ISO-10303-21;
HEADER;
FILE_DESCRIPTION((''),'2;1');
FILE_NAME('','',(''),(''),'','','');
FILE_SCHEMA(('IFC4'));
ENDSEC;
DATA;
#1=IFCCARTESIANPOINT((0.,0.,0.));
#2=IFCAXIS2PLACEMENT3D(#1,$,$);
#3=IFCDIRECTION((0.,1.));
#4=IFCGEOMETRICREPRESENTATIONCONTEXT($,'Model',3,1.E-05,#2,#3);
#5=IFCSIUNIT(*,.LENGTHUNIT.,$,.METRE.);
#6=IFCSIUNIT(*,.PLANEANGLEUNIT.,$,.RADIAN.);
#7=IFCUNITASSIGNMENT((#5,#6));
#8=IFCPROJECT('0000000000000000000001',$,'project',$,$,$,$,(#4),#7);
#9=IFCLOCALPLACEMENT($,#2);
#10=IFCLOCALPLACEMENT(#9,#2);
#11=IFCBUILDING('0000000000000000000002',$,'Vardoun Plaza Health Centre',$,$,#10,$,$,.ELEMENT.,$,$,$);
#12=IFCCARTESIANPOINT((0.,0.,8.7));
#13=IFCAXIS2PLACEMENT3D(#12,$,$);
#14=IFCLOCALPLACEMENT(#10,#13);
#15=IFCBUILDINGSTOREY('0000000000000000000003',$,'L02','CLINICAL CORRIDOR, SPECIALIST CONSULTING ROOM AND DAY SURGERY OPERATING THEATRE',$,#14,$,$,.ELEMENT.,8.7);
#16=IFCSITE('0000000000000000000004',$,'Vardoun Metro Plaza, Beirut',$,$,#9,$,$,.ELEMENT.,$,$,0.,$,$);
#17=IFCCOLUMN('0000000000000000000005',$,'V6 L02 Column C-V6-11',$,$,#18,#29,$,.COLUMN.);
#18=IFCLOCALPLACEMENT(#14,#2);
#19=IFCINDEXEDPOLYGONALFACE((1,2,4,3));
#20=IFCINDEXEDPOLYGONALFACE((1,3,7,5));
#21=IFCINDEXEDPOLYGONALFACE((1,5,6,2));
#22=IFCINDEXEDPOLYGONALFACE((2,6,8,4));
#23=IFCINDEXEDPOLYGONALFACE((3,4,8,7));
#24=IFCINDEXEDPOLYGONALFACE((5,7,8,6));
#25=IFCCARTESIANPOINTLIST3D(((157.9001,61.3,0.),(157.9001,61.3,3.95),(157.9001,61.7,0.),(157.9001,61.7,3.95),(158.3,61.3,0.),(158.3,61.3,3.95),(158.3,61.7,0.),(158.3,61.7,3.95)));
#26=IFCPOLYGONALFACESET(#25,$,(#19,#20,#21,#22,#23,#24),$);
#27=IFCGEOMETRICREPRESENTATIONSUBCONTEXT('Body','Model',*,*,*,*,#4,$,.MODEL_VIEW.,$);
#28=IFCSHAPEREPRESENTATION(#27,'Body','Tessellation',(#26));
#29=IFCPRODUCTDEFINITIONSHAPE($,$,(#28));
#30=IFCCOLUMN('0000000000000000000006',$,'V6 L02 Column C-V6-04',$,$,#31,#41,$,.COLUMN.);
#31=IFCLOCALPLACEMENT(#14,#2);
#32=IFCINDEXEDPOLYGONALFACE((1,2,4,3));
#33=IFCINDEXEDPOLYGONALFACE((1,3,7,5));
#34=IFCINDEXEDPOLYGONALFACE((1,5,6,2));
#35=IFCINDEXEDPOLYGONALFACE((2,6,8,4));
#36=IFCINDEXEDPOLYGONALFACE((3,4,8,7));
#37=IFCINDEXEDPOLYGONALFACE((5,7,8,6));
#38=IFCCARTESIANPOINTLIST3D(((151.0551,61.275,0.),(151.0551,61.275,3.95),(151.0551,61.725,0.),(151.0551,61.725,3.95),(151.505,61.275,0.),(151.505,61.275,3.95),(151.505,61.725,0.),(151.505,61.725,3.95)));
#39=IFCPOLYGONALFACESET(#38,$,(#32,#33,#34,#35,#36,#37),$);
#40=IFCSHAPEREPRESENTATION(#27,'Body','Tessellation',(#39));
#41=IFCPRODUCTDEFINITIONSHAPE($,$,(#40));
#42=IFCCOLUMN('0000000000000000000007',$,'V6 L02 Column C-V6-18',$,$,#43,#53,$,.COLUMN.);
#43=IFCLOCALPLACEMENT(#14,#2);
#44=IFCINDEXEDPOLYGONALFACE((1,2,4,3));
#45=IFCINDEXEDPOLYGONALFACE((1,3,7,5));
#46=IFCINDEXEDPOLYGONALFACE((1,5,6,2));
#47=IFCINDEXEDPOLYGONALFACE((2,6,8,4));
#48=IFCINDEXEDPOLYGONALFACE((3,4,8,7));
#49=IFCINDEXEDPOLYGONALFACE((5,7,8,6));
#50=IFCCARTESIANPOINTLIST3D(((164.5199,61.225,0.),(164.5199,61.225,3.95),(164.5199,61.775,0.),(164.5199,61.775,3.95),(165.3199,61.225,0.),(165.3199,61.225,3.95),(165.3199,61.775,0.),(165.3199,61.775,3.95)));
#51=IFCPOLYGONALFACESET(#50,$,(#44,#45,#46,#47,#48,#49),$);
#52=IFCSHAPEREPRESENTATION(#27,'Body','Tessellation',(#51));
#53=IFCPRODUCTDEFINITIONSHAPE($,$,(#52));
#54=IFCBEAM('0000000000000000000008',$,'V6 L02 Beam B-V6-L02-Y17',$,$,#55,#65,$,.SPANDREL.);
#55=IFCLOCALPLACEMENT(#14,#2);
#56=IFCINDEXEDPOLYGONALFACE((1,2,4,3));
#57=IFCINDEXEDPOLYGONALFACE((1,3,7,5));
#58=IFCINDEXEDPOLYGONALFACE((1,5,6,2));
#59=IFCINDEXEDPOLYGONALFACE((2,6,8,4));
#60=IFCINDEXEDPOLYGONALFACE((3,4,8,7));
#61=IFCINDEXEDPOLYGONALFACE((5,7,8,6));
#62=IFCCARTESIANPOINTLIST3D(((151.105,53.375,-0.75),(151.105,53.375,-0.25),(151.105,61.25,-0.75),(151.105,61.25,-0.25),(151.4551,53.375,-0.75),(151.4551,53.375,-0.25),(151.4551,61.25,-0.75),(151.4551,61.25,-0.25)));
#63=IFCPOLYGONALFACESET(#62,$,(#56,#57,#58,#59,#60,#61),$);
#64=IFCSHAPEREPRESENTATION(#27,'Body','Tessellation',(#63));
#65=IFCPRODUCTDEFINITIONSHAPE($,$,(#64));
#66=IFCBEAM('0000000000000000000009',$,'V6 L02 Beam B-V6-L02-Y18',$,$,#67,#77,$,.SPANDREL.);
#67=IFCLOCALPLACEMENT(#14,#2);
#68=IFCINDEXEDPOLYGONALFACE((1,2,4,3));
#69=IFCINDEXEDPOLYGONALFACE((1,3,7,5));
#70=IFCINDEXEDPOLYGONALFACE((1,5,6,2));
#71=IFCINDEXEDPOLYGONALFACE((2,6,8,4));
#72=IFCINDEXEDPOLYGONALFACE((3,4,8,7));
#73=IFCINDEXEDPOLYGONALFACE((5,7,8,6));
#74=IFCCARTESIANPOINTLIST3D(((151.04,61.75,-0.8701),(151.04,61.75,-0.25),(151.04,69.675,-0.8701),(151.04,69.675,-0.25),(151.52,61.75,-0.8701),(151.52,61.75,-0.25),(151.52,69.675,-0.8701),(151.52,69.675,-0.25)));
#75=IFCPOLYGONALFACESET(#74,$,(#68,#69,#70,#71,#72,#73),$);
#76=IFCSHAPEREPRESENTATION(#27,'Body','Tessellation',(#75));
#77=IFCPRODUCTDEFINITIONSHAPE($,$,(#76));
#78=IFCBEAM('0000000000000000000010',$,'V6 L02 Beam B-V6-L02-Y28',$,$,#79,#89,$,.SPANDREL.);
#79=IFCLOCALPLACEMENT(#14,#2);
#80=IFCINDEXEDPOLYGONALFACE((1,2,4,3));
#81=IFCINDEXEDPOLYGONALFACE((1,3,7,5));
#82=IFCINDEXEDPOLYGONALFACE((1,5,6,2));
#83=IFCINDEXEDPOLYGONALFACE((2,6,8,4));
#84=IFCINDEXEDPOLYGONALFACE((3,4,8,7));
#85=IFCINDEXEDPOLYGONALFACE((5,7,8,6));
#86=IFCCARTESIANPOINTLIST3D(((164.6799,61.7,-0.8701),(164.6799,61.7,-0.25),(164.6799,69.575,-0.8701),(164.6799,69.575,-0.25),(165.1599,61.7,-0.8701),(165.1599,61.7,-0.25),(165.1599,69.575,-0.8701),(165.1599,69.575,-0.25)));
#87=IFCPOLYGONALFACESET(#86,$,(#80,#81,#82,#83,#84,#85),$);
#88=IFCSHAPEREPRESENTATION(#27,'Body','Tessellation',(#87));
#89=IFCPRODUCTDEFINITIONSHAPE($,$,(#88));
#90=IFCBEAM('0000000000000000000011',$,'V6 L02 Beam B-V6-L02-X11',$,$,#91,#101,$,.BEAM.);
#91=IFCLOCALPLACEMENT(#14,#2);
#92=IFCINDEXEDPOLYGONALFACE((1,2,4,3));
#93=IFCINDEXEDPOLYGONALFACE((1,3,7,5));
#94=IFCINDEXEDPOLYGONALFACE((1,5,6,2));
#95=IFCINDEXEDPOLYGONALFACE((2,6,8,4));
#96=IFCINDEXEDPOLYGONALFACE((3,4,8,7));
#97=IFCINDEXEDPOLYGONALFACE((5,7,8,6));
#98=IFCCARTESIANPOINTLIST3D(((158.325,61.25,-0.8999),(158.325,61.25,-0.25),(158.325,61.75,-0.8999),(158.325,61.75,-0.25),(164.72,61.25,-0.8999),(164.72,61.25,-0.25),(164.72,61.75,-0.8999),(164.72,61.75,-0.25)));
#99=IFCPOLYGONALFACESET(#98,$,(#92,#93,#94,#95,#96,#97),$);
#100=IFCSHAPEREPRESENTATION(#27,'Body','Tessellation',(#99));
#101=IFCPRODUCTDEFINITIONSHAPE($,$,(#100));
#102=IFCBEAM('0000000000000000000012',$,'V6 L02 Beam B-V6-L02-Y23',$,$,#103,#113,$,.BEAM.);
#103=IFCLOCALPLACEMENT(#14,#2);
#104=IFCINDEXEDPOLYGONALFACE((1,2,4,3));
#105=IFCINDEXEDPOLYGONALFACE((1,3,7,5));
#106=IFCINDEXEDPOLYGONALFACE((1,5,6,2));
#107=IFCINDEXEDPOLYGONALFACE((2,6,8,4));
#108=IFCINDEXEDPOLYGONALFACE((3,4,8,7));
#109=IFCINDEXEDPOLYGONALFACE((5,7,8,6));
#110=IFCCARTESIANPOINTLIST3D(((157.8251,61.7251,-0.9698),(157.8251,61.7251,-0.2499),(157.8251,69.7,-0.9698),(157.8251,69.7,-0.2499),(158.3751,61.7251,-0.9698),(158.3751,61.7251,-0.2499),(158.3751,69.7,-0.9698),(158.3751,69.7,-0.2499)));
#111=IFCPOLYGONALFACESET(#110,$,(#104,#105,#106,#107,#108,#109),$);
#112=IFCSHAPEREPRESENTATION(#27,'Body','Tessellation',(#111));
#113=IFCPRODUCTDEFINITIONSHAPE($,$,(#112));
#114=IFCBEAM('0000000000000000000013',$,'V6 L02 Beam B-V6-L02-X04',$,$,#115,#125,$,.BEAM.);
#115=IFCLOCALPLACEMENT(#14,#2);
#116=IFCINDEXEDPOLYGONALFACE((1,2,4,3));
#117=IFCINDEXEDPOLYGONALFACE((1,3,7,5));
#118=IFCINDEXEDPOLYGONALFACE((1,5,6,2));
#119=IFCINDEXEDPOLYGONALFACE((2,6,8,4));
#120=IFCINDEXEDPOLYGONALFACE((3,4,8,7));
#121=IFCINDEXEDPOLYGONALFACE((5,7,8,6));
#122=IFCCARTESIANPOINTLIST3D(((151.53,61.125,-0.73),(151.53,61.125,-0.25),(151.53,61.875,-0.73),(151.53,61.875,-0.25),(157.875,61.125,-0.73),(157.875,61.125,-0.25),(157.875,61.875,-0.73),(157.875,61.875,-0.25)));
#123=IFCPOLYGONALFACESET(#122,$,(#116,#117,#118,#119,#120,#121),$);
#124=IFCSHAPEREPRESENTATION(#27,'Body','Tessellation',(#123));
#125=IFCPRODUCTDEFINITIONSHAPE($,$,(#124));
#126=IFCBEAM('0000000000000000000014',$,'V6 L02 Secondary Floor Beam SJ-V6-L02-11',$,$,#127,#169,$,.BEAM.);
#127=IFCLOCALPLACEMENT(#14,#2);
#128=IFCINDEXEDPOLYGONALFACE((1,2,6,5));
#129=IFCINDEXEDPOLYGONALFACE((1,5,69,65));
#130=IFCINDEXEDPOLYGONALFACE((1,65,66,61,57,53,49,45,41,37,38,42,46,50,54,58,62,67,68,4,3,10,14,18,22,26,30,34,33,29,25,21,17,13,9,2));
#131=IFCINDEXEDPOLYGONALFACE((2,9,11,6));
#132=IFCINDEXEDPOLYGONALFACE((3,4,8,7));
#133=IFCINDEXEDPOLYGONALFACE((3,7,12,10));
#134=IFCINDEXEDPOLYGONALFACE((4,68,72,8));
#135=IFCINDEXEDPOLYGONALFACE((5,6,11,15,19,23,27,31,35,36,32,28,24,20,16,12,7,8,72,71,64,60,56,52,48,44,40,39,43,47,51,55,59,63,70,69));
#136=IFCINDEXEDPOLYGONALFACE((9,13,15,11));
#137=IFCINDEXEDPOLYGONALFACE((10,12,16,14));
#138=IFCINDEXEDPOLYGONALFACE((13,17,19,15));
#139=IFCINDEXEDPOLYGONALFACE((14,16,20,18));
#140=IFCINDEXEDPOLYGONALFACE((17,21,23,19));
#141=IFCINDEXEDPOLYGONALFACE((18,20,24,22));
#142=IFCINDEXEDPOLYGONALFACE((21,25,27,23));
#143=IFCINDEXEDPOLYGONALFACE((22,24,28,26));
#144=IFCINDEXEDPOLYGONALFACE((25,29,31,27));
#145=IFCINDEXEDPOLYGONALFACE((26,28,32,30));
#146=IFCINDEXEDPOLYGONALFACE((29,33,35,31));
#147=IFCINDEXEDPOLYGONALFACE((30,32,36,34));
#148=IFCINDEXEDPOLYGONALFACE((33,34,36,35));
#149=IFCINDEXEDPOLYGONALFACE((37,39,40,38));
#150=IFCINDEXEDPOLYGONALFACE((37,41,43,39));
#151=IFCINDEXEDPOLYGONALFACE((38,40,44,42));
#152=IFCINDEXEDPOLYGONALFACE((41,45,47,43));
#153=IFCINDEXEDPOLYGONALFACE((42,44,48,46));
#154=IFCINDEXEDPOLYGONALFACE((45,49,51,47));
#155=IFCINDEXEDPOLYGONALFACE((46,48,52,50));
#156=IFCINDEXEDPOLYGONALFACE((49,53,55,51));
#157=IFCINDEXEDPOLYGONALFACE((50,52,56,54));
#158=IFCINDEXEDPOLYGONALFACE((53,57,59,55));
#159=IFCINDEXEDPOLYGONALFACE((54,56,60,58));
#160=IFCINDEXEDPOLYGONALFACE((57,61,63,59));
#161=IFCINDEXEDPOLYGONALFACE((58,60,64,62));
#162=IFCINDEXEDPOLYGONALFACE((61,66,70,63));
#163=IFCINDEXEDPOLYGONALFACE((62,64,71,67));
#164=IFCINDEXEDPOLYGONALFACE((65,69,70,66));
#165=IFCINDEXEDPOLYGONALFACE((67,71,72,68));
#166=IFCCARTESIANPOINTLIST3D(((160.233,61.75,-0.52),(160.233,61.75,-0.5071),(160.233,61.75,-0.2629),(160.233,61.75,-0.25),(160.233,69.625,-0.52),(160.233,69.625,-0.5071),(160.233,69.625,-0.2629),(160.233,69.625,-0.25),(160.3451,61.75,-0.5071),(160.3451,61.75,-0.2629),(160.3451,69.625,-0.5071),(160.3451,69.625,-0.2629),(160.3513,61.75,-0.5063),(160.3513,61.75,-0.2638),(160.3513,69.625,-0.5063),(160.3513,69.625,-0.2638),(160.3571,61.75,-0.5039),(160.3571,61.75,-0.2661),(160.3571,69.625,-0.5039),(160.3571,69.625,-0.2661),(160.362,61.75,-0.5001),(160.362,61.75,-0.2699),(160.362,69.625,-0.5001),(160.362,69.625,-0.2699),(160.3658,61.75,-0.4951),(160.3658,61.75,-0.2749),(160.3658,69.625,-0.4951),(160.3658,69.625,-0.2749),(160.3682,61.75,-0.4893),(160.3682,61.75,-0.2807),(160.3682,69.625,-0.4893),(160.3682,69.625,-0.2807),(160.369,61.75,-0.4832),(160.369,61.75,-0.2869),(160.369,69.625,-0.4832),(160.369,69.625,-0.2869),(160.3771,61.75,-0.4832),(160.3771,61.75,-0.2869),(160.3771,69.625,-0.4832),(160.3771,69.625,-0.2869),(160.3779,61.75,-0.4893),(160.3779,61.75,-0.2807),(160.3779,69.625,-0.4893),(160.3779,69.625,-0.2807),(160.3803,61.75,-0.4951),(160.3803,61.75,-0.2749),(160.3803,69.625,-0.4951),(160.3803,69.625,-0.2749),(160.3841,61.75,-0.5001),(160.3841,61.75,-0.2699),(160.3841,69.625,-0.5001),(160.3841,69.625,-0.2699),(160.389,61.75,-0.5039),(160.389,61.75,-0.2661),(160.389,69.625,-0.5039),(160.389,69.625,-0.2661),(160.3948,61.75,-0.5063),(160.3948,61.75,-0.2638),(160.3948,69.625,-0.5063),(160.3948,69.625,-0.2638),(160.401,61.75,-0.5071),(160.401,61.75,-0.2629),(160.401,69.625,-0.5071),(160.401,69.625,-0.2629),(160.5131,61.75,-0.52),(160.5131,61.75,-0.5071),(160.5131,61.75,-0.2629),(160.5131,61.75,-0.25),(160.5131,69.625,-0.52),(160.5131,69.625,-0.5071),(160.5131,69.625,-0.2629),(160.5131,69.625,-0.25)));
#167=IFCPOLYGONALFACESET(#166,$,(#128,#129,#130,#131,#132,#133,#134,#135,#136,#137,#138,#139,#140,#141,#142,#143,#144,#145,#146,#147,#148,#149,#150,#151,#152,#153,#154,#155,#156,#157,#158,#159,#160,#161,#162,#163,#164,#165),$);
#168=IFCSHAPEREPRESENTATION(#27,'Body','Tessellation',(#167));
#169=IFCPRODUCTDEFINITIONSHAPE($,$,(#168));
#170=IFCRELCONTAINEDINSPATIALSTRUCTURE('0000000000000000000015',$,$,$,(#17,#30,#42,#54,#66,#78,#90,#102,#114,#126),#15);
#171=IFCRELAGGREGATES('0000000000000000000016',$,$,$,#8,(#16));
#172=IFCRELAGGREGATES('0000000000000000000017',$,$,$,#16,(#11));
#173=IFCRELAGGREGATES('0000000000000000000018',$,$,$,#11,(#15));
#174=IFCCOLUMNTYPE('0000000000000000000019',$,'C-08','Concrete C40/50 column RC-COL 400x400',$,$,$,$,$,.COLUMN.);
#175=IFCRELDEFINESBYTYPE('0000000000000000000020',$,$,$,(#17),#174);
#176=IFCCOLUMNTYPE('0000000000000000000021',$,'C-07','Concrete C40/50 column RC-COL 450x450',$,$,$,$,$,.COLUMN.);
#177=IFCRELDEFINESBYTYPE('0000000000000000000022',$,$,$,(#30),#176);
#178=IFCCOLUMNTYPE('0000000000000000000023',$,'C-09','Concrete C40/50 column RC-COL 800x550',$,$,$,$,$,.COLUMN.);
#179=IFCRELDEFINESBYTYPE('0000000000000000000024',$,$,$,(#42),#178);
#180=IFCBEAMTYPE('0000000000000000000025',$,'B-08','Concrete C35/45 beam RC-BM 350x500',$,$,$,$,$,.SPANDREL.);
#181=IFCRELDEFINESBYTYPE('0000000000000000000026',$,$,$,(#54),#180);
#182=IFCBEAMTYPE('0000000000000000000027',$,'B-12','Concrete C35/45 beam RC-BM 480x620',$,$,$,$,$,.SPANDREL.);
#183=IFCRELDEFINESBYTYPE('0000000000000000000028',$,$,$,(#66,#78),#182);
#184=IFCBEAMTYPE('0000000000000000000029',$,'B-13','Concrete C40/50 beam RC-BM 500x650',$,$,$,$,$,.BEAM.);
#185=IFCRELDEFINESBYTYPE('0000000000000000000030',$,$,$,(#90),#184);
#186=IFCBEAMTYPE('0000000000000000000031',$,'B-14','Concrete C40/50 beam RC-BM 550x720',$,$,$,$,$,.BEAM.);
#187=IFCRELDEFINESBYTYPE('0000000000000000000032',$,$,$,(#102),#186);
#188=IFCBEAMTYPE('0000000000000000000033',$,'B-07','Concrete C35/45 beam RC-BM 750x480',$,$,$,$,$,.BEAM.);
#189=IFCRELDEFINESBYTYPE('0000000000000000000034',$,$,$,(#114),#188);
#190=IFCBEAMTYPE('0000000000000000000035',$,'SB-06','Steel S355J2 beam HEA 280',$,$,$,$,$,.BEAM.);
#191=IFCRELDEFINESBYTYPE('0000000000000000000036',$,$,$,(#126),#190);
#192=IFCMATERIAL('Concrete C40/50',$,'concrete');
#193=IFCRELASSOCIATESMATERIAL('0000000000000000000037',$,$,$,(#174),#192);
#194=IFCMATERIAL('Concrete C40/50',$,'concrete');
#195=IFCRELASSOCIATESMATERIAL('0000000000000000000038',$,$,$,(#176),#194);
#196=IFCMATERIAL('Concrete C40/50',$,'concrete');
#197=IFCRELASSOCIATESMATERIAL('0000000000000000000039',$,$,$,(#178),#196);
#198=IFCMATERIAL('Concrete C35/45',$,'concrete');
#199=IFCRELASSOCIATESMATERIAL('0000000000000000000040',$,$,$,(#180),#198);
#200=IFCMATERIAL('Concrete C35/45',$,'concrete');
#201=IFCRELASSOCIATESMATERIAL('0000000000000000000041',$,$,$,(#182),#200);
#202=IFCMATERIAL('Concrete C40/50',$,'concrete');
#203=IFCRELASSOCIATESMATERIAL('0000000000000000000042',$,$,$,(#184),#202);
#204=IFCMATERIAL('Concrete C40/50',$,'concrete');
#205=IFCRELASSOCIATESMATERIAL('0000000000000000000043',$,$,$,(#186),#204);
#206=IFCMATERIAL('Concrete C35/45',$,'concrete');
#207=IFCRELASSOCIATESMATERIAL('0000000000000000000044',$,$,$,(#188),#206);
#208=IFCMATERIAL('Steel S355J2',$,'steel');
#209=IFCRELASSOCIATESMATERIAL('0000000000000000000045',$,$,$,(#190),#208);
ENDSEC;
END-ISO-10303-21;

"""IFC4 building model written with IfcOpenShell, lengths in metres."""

from ifc_helpers import new_model, si_unit, direction, frame, origin, origin_2d, place, context, subcontext, project, spatial, rectangle, i_section, extrude, material, material_profile, profile_set, type_object, element, save


model = new_model("IFC4")

# Units and contexts
model_context = context("Model", 3, precision=1e-05, world=origin(), true_north=direction((0.0, 1.0)))
body_context = subcontext(model_context, "Body", "Model", "MODEL_VIEW")
ifc_project = project(units=[si_unit("LENGTHUNIT", "METRE"), si_unit("PLANEANGLEUNIT", "RADIAN")], contexts=[model_context])

# Site, building, storey
site_placement = place(None, origin())
site = spatial("IfcSite", under=ifc_project, at=site_placement, Name="Vardoun Metro Plaza, Beirut", CompositionType="ELEMENT", RefElevation=0.0)
building_placement = place(site_placement, origin())
building = spatial("IfcBuilding", under=site, at=building_placement, Name="Vardoun Plaza Health Centre", CompositionType="ELEMENT")
storey_placement = place(building_placement, frame((0.0, 0.0, 8.7)))
storey = spatial("IfcBuildingStorey", under=building, at=storey_placement, Name="L02", Description="CLINICAL CORRIDOR, SPECIALIST CONSULTING ROOM AND DAY SURGERY OPERATING THEATRE", CompositionType="ELEMENT", Elevation=8.7)

# Columns
ifc_material_1 = material(Name="Concrete C40/50", Category="concrete")
ifc_material_profile_1 = material_profile(ifc_material_1, rectangle(XDim=0.3999, YDim=0.3999, at=origin_2d()), Name="RC-COL 400x400")
ifc_profile_set_1 = profile_set([ifc_material_profile_1], Name="Concrete C40/50")
column_type_1 = type_object("IfcColumnType", Name="C-08", Description="Concrete C40/50 column RC-COL 400x400", PredefinedType="COLUMN", material=ifc_profile_set_1)
column_1_placement = place(storey_placement, frame((158.1001, 61.5, 0.0), z_axis=(0.0, 0.0, 1.0), x_axis=(1.0, 0.0, 0.0)))
element("IfcColumn", 1, at=column_1_placement, inside=storey, type_object=column_type_1, Name="V6 L02 Column C-V6-11", PredefinedType="COLUMN", context=body_context, shape_type="SweptSolid", body=[
    extrude(rectangle(XDim=0.3999, YDim=0.3999, at=origin_2d()), origin(), (0.0, 0.0, 1.0), 3.95),
])
ifc_material_2 = material(Name="Concrete C40/50", Category="concrete")
ifc_material_profile_2 = material_profile(ifc_material_2, rectangle(XDim=0.45, YDim=0.45, at=origin_2d()), Name="RC-COL 450x450")
ifc_profile_set_2 = profile_set([ifc_material_profile_2], Name="Concrete C40/50")
column_type_2 = type_object("IfcColumnType", Name="C-07", Description="Concrete C40/50 column RC-COL 450x450", PredefinedType="COLUMN", material=ifc_profile_set_2)
column_2_placement = place(storey_placement, frame((151.28, 61.5, 0.0), z_axis=(0.0, 0.0, 1.0), x_axis=(1.0, 0.0, 0.0)))
element("IfcColumn", 2, at=column_2_placement, inside=storey, type_object=column_type_2, Name="V6 L02 Column C-V6-04", PredefinedType="COLUMN", context=body_context, shape_type="SweptSolid", body=[
    extrude(rectangle(XDim=0.45, YDim=0.45, at=origin_2d()), origin(), (0.0, 0.0, 1.0), 3.95),
])
ifc_material_3 = material(Name="Concrete C40/50", Category="concrete")
ifc_material_profile_3 = material_profile(ifc_material_3, rectangle(XDim=0.8, YDim=0.55, at=origin_2d()), Name="RC-COL 800x550")
ifc_profile_set_3 = profile_set([ifc_material_profile_3], Name="Concrete C40/50")
column_type_3 = type_object("IfcColumnType", Name="C-09", Description="Concrete C40/50 column RC-COL 800x550", PredefinedType="COLUMN", material=ifc_profile_set_3)
column_3_placement = place(storey_placement, frame((164.9199, 61.5, 0.0), z_axis=(0.0, 0.0, 1.0), x_axis=(1.0, 0.0, 0.0)))
element("IfcColumn", 3, at=column_3_placement, inside=storey, type_object=column_type_3, Name="V6 L02 Column C-V6-18", PredefinedType="COLUMN", context=body_context, shape_type="SweptSolid", body=[
    extrude(rectangle(XDim=0.8, YDim=0.55, at=origin_2d()), origin(), (0.0, 0.0, 1.0), 3.95),
])

# Beams
ifc_material_4 = material(Name="Concrete C35/45", Category="concrete")
ifc_material_profile_4 = material_profile(ifc_material_4, rectangle(XDim=0.3501, YDim=0.5, at=origin_2d()), Name="RC-BM 350x500")
ifc_profile_set_4 = profile_set([ifc_material_profile_4], Name="Concrete C35/45")
beam_type_1 = type_object("IfcBeamType", Name="B-08", Description="Concrete C35/45 beam RC-BM 350x500", PredefinedType="SPANDREL", material=ifc_profile_set_4)
beam_1_placement = place(storey_placement, frame((151.28, 53.375, -0.5), z_axis=(0.0, 1.0, 0.0), x_axis=(-1.0, 0.0, 0.0)))
element("IfcBeam", 4, at=beam_1_placement, inside=storey, type_object=beam_type_1, Name="V6 L02 Beam B-V6-L02-Y17", PredefinedType="SPANDREL", context=body_context, shape_type="SweptSolid", body=[
    extrude(rectangle(XDim=0.3501, YDim=0.5, at=origin_2d()), origin(), (0.0, 0.0, 1.0), 7.875),
])
ifc_material_5 = material(Name="Concrete C35/45", Category="concrete")
ifc_material_profile_5 = material_profile(ifc_material_5, rectangle(XDim=0.48, YDim=0.6201, at=origin_2d()), Name="RC-BM 480x620")
ifc_profile_set_5 = profile_set([ifc_material_profile_5], Name="Concrete C35/45")
beam_type_2 = type_object("IfcBeamType", Name="B-12", Description="Concrete C35/45 beam RC-BM 480x620", PredefinedType="SPANDREL", material=ifc_profile_set_5)
beam_2_placement = place(storey_placement, frame((151.28, 61.75, -0.5601), z_axis=(0.0, 1.0, 0.0), x_axis=(-1.0, 0.0, 0.0)))
element("IfcBeam", 5, at=beam_2_placement, inside=storey, type_object=beam_type_2, Name="V6 L02 Beam B-V6-L02-Y18", PredefinedType="SPANDREL", context=body_context, shape_type="SweptSolid", body=[
    extrude(rectangle(XDim=0.48, YDim=0.6201, at=origin_2d()), origin(), (0.0, 0.0, 1.0), 7.925),
])
beam_3_placement = place(storey_placement, frame((164.9199, 61.7, -0.5601), z_axis=(0.0, 1.0, 0.0), x_axis=(-1.0, 0.0, 0.0)))
element("IfcBeam", 6, at=beam_3_placement, inside=storey, type_object=beam_type_2, Name="V6 L02 Beam B-V6-L02-Y28", PredefinedType="SPANDREL", context=body_context, shape_type="SweptSolid", body=[
    extrude(rectangle(XDim=0.48, YDim=0.6201, at=origin_2d()), origin(), (0.0, 0.0, 1.0), 7.875),
])
ifc_material_6 = material(Name="Concrete C40/50", Category="concrete")
ifc_material_profile_6 = material_profile(ifc_material_6, rectangle(XDim=0.5, YDim=0.6499, at=origin_2d()), Name="RC-BM 500x650")
ifc_profile_set_6 = profile_set([ifc_material_profile_6], Name="Concrete C40/50")
beam_type_3 = type_object("IfcBeamType", Name="B-13", Description="Concrete C40/50 beam RC-BM 500x650", PredefinedType="BEAM", material=ifc_profile_set_6)
beam_4_placement = place(storey_placement, frame((158.325, 61.5, -0.575), z_axis=(1.0, 0.0, 0.0), x_axis=(0.0, 1.0, 0.0)))
element("IfcBeam", 7, at=beam_4_placement, inside=storey, type_object=beam_type_3, Name="V6 L02 Beam B-V6-L02-X11", PredefinedType="BEAM", context=body_context, shape_type="SweptSolid", body=[
    extrude(rectangle(XDim=0.5, YDim=0.6499, at=origin_2d()), origin(), (0.0, 0.0, 1.0), 6.395),
])
ifc_material_7 = material(Name="Concrete C40/50", Category="concrete")
ifc_material_profile_7 = material_profile(ifc_material_7, rectangle(XDim=0.55, YDim=0.72, at=origin_2d()), Name="RC-BM 550x720")
ifc_profile_set_7 = profile_set([ifc_material_profile_7], Name="Concrete C40/50")
beam_type_4 = type_object("IfcBeamType", Name="B-14", Description="Concrete C40/50 beam RC-BM 550x720", PredefinedType="BEAM", material=ifc_profile_set_7)
beam_5_placement = place(storey_placement, frame((158.1001, 61.7251, -0.6099), z_axis=(0.0, 1.0, 0.0), x_axis=(-1.0, 0.0, 0.0)))
element("IfcBeam", 8, at=beam_5_placement, inside=storey, type_object=beam_type_4, Name="V6 L02 Beam B-V6-L02-Y23", PredefinedType="BEAM", context=body_context, shape_type="SweptSolid", body=[
    extrude(rectangle(XDim=0.55, YDim=0.72, at=origin_2d()), origin(), (0.0, 0.0, 1.0), 7.9749),
])
ifc_material_8 = material(Name="Concrete C35/45", Category="concrete")
ifc_material_profile_8 = material_profile(ifc_material_8, rectangle(XDim=0.75, YDim=0.48, at=origin_2d()), Name="RC-BM 750x480")
ifc_profile_set_8 = profile_set([ifc_material_profile_8], Name="Concrete C35/45")
beam_type_5 = type_object("IfcBeamType", Name="B-07", Description="Concrete C35/45 beam RC-BM 750x480", PredefinedType="BEAM", material=ifc_profile_set_8)
beam_6_placement = place(storey_placement, frame((151.53, 61.5, -0.49), z_axis=(1.0, 0.0, 0.0), x_axis=(0.0, 1.0, 0.0)))
element("IfcBeam", 9, at=beam_6_placement, inside=storey, type_object=beam_type_5, Name="V6 L02 Beam B-V6-L02-X04", PredefinedType="BEAM", context=body_context, shape_type="SweptSolid", body=[
    extrude(rectangle(XDim=0.75, YDim=0.48, at=origin_2d()), origin(), (0.0, 0.0, 1.0), 6.345),
])
ifc_material_9 = material(Name="Steel S355J2", Category="steel")
ifc_material_profile_9 = material_profile(ifc_material_9, i_section(OverallWidth=0.28, OverallDepth=0.27, WebThickness=0.0081, FlangeThickness=0.0129, FilletRadius=0.0239, at=origin_2d()), Name="HEA 280")
ifc_profile_set_9 = profile_set([ifc_material_profile_9], Name="Steel S355J2")
beam_type_6 = type_object("IfcBeamType", Name="SB-06", Description="Steel S355J2 beam HEA 280", PredefinedType="BEAM", material=ifc_profile_set_9)
beam_7_placement = place(storey_placement, frame((160.373, 61.75, -0.385), z_axis=(0.0, 1.0, 0.0), x_axis=(-1.0, 0.0, 0.0)))
element("IfcBeam", 10, at=beam_7_placement, inside=storey, type_object=beam_type_6, Name="V6 L02 Secondary Floor Beam SJ-V6-L02-11", PredefinedType="BEAM", context=body_context, shape_type="SweptSolid", body=[
    extrude(i_section(OverallWidth=0.28, OverallDepth=0.27, WebThickness=0.0081, FlangeThickness=0.0129, FilletRadius=0.0239, at=origin_2d()), origin(), (0.0, 0.0, 1.0), 7.875),
])

save(model, "model.ifc")
